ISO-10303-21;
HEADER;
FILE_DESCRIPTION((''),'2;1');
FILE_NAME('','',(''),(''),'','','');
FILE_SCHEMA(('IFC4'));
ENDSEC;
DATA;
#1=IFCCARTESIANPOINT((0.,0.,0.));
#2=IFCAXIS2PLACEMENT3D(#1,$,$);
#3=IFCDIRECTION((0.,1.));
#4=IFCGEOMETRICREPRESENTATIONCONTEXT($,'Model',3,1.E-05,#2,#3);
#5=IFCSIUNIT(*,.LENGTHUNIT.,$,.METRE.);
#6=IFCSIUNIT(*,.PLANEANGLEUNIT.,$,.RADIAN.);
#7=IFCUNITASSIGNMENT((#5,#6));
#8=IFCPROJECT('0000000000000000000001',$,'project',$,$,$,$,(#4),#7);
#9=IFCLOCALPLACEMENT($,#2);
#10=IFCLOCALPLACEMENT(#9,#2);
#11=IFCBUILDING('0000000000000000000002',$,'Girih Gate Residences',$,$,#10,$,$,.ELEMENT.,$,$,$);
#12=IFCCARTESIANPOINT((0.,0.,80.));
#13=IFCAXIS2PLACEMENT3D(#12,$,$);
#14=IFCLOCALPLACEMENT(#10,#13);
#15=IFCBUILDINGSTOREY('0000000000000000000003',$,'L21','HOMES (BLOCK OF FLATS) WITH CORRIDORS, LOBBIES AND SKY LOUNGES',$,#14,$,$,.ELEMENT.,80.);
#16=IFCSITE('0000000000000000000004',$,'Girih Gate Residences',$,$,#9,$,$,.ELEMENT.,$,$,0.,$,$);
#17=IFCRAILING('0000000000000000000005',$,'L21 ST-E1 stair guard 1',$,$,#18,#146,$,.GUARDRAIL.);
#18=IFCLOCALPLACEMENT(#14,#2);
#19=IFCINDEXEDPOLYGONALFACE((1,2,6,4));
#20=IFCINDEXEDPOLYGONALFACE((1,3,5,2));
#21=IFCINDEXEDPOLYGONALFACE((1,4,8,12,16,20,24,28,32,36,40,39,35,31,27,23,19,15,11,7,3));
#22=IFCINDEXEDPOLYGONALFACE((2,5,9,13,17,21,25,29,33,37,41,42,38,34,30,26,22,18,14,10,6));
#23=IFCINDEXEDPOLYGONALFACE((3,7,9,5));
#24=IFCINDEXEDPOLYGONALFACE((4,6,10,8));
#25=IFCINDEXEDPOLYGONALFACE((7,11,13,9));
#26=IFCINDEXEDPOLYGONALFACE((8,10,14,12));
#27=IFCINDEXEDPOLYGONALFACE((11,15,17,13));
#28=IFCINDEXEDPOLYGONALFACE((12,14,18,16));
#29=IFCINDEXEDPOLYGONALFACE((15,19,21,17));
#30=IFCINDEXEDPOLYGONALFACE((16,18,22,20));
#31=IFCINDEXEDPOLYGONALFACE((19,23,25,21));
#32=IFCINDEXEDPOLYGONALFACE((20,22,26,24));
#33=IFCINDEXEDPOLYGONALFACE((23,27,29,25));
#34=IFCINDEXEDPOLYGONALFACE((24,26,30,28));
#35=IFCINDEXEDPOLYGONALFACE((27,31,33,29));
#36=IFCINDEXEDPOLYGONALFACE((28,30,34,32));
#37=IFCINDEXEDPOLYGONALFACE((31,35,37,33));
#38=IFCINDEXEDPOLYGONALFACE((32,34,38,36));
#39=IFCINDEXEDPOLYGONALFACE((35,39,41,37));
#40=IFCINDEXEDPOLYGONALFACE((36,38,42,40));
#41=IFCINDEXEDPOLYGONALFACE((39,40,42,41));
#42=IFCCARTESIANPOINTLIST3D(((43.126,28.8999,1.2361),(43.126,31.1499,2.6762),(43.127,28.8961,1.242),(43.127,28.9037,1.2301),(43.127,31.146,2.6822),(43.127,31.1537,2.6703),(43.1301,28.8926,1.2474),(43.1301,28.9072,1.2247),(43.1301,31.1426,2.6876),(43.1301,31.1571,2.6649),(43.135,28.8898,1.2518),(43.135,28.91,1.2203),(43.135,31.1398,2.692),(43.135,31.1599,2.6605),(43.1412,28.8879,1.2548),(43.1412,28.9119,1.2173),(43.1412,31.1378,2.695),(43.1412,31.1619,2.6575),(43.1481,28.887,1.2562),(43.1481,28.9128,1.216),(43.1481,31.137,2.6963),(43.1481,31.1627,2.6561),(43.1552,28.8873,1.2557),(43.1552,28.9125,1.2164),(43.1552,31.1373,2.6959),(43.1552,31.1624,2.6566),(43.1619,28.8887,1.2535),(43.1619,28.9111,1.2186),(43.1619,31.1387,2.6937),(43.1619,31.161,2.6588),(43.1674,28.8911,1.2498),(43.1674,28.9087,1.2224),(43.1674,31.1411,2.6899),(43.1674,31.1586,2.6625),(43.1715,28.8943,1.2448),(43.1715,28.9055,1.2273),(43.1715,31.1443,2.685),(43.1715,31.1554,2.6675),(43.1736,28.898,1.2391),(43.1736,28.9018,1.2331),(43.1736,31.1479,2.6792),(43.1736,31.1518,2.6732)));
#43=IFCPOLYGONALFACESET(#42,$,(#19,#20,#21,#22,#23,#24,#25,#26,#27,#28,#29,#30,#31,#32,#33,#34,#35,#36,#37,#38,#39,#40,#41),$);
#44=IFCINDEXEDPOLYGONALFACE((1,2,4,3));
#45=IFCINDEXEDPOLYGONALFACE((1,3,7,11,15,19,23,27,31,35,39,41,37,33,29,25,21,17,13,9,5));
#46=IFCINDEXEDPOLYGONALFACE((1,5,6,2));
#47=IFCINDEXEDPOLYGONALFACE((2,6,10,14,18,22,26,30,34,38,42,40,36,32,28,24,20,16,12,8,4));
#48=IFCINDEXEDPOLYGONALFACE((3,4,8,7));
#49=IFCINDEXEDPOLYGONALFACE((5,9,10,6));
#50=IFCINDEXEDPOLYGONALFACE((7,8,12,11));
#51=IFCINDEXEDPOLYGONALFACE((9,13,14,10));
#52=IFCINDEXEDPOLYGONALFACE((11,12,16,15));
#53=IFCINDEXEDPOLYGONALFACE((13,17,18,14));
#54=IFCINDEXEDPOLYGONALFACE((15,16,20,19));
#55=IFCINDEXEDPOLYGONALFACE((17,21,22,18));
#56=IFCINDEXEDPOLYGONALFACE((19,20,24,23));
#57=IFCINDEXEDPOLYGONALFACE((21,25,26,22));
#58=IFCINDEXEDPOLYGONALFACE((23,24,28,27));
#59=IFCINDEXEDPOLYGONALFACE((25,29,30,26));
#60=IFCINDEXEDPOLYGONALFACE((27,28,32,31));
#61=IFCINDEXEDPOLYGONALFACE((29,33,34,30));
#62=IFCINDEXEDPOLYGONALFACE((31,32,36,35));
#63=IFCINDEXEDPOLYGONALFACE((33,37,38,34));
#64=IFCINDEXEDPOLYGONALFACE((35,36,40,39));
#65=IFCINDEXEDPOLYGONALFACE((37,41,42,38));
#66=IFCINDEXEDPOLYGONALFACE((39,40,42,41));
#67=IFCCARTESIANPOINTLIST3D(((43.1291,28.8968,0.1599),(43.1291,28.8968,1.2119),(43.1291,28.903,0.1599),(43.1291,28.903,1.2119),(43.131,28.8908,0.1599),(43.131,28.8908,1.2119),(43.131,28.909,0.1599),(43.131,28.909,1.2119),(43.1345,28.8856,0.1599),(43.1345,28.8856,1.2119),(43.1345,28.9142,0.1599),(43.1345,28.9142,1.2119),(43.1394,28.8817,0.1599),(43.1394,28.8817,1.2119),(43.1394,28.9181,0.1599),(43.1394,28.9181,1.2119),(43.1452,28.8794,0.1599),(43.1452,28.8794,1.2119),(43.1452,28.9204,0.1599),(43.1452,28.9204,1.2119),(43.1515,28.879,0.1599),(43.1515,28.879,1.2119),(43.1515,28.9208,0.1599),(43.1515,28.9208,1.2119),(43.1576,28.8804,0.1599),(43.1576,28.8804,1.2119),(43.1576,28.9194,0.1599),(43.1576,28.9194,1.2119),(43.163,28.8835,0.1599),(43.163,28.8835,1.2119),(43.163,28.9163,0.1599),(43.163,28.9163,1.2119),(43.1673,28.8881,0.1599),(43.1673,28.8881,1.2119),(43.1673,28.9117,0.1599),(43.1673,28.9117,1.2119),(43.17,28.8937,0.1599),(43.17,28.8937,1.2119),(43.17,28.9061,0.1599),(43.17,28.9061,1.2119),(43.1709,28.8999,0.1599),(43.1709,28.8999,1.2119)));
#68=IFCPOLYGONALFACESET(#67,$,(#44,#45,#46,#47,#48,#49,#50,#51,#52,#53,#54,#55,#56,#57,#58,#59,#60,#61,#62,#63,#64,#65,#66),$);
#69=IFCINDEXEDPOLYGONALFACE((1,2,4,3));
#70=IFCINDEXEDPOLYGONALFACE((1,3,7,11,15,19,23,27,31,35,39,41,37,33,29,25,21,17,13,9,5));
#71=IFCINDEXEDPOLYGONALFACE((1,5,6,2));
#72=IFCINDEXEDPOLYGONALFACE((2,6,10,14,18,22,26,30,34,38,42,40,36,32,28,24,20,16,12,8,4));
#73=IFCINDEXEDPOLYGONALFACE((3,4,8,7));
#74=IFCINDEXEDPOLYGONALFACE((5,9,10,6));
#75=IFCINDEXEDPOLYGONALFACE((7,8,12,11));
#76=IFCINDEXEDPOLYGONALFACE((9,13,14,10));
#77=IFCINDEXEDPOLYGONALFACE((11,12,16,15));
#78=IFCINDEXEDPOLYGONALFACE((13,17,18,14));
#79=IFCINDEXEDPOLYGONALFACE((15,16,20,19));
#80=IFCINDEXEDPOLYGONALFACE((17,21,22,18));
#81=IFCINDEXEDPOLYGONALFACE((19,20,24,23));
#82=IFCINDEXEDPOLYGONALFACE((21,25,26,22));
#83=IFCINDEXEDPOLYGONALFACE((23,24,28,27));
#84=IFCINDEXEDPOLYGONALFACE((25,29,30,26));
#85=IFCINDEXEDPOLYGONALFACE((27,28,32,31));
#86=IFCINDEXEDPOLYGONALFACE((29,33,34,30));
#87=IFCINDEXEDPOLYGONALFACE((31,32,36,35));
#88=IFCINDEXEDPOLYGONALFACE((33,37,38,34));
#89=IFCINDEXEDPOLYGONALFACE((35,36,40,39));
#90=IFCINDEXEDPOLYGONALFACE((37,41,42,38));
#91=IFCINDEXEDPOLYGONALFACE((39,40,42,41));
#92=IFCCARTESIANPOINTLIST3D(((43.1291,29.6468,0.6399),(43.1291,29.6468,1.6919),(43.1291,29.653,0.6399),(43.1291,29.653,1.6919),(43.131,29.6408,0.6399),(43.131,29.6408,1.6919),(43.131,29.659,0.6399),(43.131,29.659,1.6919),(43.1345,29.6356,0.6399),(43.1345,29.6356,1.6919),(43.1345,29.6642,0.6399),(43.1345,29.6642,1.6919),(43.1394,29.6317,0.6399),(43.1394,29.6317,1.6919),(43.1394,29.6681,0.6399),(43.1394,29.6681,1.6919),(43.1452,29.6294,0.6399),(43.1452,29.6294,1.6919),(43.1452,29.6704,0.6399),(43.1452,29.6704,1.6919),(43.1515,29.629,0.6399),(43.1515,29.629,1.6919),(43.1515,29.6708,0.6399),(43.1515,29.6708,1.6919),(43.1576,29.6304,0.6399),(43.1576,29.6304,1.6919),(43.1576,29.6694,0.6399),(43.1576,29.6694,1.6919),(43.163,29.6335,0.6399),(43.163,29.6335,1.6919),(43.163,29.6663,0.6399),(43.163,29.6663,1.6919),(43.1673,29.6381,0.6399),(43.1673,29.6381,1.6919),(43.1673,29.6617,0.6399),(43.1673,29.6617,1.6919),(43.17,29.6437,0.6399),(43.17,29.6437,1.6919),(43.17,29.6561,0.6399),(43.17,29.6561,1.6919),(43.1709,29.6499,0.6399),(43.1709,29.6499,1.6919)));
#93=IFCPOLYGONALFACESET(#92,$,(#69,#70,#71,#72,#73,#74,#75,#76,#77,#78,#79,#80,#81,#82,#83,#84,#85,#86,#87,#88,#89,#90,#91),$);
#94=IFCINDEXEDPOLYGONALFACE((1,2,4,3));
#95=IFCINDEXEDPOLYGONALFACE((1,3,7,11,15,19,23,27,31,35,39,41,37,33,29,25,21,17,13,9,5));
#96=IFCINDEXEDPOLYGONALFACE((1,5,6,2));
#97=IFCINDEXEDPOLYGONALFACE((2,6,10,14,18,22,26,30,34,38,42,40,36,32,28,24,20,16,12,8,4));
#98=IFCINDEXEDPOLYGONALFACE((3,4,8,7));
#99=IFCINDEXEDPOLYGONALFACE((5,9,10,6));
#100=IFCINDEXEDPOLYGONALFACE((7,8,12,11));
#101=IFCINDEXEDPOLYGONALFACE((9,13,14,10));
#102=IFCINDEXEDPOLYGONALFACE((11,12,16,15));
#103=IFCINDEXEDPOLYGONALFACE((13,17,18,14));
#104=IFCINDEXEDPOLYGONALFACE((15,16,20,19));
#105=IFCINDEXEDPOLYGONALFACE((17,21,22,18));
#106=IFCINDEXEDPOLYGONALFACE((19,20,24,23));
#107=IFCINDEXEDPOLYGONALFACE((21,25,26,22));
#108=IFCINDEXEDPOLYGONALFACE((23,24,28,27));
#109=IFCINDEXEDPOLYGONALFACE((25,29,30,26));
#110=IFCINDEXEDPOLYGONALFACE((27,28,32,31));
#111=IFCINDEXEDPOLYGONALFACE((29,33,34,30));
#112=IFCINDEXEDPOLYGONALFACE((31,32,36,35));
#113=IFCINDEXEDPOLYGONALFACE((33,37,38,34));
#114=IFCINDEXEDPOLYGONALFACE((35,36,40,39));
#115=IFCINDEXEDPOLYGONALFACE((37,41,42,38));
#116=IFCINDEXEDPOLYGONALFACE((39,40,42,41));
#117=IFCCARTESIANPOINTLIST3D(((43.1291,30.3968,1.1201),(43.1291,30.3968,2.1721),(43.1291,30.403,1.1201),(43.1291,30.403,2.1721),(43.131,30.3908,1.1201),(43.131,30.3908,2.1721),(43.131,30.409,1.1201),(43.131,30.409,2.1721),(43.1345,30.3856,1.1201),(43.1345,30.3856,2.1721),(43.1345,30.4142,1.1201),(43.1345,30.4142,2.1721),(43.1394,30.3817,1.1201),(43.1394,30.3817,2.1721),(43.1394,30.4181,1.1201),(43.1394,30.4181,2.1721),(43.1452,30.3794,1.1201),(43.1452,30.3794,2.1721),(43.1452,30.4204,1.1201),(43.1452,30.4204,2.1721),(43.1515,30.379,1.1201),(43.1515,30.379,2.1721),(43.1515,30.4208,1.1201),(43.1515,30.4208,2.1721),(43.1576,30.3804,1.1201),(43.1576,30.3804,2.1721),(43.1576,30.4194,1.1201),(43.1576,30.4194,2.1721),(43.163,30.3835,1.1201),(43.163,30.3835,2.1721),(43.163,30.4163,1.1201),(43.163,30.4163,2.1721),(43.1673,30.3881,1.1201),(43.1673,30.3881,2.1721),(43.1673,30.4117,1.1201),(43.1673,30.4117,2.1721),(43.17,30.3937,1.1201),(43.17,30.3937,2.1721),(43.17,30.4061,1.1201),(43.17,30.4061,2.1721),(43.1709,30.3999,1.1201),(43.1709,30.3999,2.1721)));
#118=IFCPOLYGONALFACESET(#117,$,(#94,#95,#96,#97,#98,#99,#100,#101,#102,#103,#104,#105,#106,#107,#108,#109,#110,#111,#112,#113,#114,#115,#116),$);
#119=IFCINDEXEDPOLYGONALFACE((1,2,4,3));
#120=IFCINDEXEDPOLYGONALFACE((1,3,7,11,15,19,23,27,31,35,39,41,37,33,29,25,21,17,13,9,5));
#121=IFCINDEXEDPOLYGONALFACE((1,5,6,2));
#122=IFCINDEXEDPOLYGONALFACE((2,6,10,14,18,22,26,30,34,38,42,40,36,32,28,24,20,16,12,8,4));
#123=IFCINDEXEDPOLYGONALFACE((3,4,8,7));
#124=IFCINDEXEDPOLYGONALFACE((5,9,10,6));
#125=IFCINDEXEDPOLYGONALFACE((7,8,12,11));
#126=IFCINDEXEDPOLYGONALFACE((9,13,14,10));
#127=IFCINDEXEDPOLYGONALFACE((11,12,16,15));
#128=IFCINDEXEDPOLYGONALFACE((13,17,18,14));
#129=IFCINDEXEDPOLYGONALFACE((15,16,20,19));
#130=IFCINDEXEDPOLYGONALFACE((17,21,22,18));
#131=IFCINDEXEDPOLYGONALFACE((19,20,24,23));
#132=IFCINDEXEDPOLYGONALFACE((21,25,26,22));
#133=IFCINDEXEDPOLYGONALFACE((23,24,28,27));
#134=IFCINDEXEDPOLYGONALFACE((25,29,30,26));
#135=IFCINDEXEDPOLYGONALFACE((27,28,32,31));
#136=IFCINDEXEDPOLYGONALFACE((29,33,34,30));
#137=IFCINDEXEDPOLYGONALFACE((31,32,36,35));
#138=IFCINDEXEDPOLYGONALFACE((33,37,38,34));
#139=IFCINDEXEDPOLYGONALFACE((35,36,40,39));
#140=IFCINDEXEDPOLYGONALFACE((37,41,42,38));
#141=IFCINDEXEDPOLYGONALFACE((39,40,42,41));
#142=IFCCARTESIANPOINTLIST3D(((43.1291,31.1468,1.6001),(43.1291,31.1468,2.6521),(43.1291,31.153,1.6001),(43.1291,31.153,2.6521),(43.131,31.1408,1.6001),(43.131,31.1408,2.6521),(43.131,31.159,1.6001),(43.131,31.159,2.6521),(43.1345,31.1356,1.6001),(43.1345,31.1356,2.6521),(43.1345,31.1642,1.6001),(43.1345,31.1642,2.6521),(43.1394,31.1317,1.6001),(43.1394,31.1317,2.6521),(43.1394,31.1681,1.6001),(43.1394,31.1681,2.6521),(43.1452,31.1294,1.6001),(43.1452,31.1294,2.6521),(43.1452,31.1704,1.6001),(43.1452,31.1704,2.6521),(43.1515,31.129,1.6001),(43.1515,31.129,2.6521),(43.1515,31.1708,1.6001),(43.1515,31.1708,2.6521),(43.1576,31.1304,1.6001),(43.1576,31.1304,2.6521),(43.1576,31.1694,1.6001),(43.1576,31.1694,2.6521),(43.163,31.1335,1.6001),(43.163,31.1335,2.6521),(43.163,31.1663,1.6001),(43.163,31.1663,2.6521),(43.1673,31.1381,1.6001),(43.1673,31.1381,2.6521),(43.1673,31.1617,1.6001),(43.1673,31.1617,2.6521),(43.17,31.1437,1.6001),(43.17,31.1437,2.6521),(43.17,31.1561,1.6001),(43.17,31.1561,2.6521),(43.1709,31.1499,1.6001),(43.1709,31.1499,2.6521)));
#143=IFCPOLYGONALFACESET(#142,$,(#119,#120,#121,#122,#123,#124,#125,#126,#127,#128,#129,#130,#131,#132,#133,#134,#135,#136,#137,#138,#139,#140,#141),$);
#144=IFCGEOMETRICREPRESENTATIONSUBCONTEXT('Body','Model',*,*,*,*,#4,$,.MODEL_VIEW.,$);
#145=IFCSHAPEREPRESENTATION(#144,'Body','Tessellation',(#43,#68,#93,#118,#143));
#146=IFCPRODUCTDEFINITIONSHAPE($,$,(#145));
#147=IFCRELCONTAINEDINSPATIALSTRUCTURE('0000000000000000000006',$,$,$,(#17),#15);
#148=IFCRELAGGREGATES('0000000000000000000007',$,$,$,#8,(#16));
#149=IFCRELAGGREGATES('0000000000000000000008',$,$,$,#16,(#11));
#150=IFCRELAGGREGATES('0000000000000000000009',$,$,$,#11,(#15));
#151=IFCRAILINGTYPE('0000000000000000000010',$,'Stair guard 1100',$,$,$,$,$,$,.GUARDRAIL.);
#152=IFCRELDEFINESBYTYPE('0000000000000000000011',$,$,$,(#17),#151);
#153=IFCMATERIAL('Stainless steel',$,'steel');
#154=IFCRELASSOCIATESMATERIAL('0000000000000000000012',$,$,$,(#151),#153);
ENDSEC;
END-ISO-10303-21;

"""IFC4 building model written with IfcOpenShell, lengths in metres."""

from ifc_helpers import new_model, si_unit, direction, frame, origin, origin_2d, place, context, subcontext, project, spatial, circle, extrude, material, type_object, element, save


model = new_model("IFC4")

# Units and contexts
model_context = context("Model", 3, precision=1e-05, world=origin(), true_north=direction((0.0, 1.0)))
body_context = subcontext(model_context, "Body", "Model", "MODEL_VIEW")
ifc_project = project(units=[si_unit("LENGTHUNIT", "METRE"), si_unit("PLANEANGLEUNIT", "RADIAN")], contexts=[model_context])

# Site, building, storey
site_placement = place(None, origin())
site = spatial("IfcSite", under=ifc_project, at=site_placement, Name="Girih Gate Residences", CompositionType="ELEMENT", RefElevation=0.0)
building_placement = place(site_placement, origin())
building = spatial("IfcBuilding", under=site, at=building_placement, Name="Girih Gate Residences", CompositionType="ELEMENT")
storey_placement = place(building_placement, frame((0.0, 0.0, 80.0)))
storey = spatial("IfcBuildingStorey", under=building, at=storey_placement, Name="L21", Description="HOMES (BLOCK OF FLATS) WITH CORRIDORS, LOBBIES AND SKY LOUNGES", CompositionType="ELEMENT", Elevation=80.0)

# Railing
ifc_material_1 = material(Name="Stainless steel", Category="steel")
railing_type_1 = type_object("IfcRailingType", Name="Stair guard 1100", PredefinedType="GUARDRAIL", material=ifc_material_1)
railing_1_placement = place(storey_placement, frame((43.1499, 28.8999, 0.1599)))
element("IfcRailing", 1, at=railing_1_placement, inside=storey, type_object=railing_type_1, Name="L21 ST-E1 stair guard 1", PredefinedType="GUARDRAIL", context=body_context, shape_type="SweptSolid", body=[
    extrude(circle(Radius=0.0239, at=origin_2d()), frame((0.0, 0.0, 1.0762), z_axis=(0.0, 0.84224, 0.539103), x_axis=(-1.0, 0.0, 0.0)), (0.0, 0.0, 1.0), 2.6714),
    extrude(circle(Radius=0.021, at=origin_2d()), origin(), (0.0, 0.0, 1.0), 1.052),
    extrude(circle(Radius=0.021, at=origin_2d()), frame((0.0, 0.75, 0.48)), (0.0, 0.0, 1.0), 1.052),
    extrude(circle(Radius=0.021, at=origin_2d()), frame((0.0, 1.5, 0.9602)), (0.0, 0.0, 1.0), 1.052),
    extrude(circle(Radius=0.021, at=origin_2d()), frame((0.0, 2.25, 1.4402)), (0.0, 0.0, 1.0), 1.052),
])

save(model, "model.ifc")
